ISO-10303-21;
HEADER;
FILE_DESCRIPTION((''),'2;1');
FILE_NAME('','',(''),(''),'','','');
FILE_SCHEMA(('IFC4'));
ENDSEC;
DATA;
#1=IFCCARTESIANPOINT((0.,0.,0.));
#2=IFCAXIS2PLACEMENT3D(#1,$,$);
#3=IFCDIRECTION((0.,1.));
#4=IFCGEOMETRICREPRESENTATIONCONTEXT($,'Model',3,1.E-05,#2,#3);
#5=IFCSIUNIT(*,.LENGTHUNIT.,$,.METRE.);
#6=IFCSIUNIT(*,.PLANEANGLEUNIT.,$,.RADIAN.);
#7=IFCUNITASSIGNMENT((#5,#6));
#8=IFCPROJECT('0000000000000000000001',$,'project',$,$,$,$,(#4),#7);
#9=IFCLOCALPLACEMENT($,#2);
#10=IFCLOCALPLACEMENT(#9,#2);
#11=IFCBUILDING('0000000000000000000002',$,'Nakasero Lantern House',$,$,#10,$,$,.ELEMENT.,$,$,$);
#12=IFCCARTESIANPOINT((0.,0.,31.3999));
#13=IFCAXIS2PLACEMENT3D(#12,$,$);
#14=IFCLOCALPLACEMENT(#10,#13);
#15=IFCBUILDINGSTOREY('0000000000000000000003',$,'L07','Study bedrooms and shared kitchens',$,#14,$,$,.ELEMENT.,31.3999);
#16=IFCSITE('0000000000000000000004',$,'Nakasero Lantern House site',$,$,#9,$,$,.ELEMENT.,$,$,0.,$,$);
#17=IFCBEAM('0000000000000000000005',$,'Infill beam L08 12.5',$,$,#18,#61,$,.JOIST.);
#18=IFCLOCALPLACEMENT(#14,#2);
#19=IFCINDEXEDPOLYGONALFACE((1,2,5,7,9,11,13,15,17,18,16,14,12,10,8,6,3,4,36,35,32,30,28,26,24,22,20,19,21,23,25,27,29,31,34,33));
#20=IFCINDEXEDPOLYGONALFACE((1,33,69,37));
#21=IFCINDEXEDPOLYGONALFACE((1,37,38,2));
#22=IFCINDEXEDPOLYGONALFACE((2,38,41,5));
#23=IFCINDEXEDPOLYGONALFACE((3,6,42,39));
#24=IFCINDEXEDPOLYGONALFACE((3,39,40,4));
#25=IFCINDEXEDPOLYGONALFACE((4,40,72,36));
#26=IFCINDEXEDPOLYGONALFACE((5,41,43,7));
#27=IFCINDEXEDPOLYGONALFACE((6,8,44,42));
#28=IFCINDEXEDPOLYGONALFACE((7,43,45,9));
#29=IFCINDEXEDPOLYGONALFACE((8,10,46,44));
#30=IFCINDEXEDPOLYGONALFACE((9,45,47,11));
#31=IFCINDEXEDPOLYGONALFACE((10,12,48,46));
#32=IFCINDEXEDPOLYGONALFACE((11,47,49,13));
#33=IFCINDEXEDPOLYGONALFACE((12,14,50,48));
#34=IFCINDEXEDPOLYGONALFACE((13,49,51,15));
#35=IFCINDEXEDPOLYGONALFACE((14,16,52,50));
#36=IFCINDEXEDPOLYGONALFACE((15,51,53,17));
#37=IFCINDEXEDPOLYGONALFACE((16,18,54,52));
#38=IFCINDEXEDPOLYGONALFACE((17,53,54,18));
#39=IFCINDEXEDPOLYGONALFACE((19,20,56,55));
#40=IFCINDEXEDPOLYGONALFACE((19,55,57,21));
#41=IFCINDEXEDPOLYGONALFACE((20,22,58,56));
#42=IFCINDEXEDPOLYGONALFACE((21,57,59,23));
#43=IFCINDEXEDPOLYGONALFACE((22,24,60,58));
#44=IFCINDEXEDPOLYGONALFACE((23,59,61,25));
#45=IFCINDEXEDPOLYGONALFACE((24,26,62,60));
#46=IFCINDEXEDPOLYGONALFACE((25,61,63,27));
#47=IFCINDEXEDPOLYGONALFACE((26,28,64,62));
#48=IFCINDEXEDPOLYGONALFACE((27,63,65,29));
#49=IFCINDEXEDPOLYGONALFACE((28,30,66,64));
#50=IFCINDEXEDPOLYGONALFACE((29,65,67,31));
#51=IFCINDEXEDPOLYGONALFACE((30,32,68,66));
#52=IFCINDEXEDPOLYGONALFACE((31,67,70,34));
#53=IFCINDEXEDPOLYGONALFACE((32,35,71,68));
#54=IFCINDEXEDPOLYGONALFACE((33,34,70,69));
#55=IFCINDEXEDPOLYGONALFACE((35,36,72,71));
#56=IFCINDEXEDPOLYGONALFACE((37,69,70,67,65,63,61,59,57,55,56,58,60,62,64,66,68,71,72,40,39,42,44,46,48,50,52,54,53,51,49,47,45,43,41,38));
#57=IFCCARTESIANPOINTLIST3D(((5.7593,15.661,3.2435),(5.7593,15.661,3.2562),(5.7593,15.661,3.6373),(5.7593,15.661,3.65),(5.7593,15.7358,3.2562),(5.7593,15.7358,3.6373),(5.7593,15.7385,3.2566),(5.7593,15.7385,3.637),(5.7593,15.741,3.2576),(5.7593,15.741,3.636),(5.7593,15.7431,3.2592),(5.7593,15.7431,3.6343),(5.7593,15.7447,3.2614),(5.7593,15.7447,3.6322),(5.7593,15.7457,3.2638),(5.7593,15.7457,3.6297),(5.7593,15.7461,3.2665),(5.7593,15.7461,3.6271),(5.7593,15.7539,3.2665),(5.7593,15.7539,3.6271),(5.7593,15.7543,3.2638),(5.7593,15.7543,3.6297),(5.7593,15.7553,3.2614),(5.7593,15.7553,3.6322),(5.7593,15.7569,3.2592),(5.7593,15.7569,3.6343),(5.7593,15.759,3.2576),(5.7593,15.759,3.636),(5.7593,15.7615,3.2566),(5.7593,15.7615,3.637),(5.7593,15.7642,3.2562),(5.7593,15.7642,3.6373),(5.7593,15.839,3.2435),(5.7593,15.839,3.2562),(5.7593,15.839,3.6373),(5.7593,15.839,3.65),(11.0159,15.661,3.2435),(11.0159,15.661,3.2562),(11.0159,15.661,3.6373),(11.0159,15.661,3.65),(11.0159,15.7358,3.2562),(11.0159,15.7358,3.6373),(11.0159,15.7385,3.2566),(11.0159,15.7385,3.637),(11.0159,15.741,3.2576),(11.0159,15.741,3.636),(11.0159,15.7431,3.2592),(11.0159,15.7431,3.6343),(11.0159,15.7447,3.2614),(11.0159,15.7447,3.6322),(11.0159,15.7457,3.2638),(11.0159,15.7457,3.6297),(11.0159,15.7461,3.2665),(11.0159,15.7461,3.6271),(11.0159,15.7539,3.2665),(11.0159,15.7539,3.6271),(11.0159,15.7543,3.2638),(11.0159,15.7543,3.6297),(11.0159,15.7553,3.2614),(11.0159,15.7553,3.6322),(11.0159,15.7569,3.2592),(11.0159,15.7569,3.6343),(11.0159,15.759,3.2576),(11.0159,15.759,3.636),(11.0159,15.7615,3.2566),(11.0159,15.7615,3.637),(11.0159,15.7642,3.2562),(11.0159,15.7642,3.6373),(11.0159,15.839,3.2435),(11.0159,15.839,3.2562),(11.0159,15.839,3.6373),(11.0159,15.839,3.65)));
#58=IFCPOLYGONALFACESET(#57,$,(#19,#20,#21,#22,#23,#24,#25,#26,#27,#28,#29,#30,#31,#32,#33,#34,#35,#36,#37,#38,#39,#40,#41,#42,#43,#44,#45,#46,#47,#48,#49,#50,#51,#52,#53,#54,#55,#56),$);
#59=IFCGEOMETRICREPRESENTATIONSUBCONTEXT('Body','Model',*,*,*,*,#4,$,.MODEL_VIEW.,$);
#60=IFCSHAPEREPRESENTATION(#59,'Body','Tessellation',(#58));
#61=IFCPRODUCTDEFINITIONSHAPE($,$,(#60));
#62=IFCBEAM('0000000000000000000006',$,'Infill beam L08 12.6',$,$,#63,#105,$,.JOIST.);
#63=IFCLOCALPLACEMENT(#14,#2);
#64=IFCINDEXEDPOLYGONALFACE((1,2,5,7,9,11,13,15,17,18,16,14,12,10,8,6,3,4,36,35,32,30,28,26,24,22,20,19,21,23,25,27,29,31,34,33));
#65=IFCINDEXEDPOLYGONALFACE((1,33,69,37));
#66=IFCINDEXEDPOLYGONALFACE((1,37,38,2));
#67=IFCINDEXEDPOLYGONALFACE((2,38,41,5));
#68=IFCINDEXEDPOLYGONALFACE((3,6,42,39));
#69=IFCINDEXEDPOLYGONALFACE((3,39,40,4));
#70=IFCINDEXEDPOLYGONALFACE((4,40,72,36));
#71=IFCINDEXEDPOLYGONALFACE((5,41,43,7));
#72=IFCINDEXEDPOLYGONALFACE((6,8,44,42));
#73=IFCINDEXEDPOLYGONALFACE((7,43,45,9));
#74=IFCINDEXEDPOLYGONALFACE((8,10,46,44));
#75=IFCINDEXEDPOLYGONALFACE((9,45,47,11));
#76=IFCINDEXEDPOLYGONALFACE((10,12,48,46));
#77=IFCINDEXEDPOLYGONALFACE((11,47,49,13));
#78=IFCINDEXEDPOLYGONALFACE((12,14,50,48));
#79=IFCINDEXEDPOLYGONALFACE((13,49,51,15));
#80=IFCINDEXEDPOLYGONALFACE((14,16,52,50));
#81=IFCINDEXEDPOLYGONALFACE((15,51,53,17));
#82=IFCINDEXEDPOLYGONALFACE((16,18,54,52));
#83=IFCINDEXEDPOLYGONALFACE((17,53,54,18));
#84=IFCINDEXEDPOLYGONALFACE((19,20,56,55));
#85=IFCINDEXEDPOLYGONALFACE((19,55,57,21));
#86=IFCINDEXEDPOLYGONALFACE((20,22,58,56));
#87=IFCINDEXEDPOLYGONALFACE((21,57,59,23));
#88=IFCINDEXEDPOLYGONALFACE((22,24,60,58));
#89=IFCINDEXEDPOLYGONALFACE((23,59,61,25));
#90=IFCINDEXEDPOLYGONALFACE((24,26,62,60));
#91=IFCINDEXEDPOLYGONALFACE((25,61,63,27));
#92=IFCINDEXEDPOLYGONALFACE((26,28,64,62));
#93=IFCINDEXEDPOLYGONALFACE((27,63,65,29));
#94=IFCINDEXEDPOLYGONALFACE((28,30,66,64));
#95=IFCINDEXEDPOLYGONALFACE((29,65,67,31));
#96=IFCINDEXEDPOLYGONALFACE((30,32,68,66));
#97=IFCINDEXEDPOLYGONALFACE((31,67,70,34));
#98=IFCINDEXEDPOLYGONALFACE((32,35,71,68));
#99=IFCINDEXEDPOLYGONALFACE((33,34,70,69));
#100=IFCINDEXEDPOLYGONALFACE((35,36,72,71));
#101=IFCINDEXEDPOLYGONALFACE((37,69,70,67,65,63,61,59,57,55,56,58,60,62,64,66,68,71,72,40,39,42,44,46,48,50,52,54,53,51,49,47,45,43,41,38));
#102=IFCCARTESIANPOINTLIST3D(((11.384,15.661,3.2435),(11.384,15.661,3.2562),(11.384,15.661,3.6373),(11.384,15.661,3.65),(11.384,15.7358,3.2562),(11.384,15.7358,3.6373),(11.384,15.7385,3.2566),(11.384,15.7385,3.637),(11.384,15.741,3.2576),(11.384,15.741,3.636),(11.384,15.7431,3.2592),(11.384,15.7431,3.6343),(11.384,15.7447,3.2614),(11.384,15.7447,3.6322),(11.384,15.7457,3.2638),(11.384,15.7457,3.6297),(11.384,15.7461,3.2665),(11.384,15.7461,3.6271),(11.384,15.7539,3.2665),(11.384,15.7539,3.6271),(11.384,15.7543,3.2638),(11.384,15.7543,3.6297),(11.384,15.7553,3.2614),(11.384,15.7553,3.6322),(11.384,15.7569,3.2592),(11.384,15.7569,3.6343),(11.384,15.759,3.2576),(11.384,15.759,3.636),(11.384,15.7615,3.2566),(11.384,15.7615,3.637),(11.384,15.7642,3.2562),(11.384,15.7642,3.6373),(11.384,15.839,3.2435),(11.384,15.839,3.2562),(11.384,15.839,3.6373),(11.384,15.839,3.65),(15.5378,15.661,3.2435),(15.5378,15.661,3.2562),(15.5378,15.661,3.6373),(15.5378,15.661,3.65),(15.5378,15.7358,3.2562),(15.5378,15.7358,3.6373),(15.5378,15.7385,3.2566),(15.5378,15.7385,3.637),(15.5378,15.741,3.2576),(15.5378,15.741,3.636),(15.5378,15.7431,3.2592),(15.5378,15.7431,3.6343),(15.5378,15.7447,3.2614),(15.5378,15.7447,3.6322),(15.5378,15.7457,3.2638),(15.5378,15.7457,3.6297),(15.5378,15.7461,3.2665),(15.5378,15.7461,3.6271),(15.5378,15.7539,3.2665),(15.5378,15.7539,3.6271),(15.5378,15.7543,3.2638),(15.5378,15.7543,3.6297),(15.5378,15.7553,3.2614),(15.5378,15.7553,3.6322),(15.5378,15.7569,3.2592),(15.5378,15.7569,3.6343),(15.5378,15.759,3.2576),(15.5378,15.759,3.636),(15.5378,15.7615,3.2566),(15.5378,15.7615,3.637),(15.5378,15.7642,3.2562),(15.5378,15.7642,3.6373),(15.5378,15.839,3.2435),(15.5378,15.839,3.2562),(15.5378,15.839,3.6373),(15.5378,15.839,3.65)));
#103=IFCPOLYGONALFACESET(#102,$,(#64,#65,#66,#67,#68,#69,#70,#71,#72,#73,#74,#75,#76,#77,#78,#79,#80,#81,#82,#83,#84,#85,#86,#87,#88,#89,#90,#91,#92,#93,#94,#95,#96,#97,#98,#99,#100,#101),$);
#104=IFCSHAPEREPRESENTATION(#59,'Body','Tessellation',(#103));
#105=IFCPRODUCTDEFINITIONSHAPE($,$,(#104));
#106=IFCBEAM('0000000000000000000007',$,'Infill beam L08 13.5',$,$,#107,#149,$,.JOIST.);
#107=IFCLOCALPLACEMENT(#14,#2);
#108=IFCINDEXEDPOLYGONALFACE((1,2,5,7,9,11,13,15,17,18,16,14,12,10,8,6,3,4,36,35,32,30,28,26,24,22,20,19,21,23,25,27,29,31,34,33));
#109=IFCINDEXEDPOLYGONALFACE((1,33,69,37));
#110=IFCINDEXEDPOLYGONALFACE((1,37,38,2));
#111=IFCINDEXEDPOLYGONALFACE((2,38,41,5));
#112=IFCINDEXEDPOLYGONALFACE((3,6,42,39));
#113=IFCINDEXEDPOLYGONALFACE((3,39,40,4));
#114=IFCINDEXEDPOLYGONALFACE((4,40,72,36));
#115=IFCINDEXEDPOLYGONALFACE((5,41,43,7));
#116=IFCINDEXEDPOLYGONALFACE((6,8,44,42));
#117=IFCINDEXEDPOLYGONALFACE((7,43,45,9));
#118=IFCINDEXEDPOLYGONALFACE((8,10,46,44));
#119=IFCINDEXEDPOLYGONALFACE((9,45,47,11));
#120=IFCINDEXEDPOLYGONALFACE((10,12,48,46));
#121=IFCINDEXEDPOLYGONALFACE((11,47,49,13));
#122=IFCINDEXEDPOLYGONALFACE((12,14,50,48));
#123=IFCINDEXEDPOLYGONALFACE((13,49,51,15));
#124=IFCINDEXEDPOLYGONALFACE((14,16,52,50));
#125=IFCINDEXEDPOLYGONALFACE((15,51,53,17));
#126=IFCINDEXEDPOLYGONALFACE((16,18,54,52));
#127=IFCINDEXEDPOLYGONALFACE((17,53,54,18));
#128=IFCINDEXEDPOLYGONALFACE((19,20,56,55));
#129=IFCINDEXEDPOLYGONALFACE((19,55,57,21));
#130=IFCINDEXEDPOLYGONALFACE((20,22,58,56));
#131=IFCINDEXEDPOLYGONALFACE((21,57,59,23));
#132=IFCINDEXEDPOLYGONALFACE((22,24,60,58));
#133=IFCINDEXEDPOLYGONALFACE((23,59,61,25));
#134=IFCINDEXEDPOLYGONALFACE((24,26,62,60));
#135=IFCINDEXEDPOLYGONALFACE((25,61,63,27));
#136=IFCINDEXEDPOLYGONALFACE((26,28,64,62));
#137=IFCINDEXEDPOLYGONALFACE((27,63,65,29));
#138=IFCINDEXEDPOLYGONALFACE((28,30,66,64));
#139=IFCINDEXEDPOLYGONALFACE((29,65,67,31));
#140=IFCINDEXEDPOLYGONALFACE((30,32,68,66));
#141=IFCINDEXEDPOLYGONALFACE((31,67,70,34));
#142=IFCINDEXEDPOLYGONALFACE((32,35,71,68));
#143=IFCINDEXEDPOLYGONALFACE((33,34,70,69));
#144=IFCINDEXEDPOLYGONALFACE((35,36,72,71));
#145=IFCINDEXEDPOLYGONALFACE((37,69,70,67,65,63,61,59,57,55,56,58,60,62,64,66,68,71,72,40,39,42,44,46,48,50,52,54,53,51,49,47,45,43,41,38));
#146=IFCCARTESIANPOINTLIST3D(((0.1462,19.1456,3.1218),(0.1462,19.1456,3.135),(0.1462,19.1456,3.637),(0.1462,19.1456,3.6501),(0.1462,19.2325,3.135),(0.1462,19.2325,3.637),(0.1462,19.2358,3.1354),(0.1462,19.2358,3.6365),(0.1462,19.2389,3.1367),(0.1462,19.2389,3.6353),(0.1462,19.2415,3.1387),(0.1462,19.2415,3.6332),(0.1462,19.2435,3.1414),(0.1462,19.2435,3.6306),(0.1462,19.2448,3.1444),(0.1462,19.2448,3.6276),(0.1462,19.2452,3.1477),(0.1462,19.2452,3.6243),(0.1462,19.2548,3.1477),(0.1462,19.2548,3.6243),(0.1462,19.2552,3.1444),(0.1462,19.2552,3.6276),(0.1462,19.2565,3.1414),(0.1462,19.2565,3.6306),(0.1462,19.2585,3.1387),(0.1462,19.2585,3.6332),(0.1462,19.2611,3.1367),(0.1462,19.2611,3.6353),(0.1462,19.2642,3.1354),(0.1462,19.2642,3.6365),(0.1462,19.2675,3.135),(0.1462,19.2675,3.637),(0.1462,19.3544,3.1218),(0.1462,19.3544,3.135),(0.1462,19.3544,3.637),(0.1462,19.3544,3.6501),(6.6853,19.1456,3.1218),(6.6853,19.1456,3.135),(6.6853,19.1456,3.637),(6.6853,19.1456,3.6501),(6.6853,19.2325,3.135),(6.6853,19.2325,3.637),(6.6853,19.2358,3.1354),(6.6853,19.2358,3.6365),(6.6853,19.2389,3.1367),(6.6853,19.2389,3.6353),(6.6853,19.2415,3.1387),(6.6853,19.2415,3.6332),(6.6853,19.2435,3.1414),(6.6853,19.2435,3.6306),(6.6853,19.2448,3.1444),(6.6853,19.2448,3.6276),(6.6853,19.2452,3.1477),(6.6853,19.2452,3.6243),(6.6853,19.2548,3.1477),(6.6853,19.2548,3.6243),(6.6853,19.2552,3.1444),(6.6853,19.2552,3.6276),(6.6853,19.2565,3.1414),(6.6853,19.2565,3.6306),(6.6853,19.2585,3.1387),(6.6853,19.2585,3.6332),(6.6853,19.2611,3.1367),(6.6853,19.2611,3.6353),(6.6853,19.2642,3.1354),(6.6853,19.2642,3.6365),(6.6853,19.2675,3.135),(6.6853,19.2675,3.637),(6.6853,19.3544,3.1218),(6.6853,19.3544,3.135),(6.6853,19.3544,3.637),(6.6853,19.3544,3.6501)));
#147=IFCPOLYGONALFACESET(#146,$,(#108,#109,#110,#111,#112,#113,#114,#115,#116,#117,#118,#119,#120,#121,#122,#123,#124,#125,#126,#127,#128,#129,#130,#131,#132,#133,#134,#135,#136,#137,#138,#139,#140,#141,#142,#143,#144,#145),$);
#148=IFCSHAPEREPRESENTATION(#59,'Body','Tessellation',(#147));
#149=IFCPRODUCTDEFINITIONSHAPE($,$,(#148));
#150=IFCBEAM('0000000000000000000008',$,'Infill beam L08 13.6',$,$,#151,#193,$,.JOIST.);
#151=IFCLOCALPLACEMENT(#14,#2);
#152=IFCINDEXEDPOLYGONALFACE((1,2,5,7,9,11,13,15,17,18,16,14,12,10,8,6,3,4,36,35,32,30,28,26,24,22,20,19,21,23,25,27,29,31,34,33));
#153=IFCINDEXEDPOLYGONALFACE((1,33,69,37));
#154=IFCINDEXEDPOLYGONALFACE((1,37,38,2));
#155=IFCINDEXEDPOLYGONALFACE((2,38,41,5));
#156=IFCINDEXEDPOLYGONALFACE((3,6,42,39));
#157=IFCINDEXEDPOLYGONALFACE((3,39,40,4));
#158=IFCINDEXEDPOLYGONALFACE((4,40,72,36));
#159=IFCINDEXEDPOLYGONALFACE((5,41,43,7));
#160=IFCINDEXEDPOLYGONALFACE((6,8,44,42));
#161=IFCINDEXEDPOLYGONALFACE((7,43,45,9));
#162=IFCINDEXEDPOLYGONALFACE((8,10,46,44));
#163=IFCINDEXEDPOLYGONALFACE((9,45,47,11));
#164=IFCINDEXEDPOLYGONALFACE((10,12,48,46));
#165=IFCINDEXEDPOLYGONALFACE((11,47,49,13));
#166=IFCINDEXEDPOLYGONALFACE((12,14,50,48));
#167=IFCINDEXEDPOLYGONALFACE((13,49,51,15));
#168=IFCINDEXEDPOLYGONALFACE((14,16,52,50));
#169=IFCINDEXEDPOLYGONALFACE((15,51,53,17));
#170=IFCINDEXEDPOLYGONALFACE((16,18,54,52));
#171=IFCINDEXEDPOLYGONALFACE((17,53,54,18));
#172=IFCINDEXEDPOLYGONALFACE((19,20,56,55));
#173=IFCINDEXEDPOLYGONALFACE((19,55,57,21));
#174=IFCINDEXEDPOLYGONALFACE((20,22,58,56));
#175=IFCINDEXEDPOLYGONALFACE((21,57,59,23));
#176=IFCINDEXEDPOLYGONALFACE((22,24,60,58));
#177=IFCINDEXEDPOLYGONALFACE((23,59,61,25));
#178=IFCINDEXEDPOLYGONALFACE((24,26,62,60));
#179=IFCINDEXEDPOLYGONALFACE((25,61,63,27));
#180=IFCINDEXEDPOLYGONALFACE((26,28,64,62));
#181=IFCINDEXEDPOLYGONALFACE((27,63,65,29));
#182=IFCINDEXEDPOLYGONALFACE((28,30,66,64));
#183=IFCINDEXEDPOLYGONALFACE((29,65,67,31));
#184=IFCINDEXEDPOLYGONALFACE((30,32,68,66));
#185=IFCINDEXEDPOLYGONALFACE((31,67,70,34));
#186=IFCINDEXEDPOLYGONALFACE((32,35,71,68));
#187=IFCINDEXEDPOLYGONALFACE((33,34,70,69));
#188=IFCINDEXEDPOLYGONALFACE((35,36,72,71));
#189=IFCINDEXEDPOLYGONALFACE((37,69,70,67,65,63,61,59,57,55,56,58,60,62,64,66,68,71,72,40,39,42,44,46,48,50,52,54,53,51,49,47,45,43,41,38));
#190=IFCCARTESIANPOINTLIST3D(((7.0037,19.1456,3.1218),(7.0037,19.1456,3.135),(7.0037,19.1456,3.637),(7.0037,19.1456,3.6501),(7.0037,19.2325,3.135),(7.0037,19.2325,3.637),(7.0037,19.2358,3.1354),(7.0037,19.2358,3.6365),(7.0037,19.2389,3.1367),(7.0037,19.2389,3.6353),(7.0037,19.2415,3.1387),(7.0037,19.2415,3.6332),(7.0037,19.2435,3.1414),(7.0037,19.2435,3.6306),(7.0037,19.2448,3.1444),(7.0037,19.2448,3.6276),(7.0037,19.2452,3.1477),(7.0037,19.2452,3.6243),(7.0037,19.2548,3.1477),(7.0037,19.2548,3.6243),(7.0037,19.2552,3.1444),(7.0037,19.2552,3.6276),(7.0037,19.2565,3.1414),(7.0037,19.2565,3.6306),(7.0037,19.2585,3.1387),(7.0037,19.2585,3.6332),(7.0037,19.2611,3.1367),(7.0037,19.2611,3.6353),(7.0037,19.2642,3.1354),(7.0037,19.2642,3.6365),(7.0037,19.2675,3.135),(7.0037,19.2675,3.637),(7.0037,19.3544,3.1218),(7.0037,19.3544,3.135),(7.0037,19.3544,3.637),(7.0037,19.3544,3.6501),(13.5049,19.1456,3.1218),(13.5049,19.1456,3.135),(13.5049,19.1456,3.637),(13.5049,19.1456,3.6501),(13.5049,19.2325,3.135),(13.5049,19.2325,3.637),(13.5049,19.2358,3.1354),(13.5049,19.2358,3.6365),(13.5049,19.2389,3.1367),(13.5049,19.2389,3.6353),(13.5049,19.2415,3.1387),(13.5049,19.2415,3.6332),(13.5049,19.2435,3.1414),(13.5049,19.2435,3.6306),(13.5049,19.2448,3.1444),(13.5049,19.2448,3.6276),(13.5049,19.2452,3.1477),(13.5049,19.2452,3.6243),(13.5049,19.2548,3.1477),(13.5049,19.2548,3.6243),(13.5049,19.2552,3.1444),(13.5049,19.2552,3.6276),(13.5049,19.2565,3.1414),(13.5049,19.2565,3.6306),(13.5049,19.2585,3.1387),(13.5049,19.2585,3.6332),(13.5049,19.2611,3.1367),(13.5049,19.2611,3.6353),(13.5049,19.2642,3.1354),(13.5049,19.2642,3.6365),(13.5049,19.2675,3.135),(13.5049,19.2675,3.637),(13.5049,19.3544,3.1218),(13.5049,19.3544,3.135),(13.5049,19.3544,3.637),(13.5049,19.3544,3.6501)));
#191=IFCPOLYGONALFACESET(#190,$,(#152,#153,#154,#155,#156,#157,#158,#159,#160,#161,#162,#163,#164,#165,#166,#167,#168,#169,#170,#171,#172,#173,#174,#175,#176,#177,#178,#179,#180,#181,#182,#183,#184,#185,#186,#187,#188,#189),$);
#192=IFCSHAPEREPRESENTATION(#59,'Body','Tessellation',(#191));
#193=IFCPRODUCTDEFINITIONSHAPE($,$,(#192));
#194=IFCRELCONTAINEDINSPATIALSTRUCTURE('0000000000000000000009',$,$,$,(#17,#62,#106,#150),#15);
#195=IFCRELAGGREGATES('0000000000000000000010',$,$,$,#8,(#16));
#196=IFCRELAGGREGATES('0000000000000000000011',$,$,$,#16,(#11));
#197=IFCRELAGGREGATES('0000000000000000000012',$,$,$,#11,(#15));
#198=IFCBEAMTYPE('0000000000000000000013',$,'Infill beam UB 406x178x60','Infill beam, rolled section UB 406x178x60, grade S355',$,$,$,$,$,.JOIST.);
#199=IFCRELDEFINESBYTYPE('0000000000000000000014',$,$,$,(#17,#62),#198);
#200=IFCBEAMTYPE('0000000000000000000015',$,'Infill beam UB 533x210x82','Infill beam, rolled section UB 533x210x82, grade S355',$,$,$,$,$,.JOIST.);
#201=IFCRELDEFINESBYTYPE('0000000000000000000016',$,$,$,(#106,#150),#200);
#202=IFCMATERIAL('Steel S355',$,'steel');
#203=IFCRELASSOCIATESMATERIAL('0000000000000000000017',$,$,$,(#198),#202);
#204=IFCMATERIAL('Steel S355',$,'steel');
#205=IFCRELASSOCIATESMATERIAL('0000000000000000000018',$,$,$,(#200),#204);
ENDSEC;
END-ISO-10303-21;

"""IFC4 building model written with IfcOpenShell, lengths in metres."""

from ifc_helpers import new_model, si_unit, direction, frame, origin, origin_2d, place, context, subcontext, project, spatial, i_section, extrude, material, material_profile, profile_set, type_object, element, save


model = new_model("IFC4")

# Units and contexts
model_context = context("Model", 3, precision=1e-05, world=origin(), true_north=direction((0.0, 1.0)))
body_context = subcontext(model_context, "Body", "Model", "MODEL_VIEW")
ifc_project = project(units=[si_unit("LENGTHUNIT", "METRE"), si_unit("PLANEANGLEUNIT", "RADIAN")], contexts=[model_context])

# Site, building, storey
site_placement = place(None, origin())
site = spatial("IfcSite", under=ifc_project, at=site_placement, Name="Nakasero Lantern House site", CompositionType="ELEMENT", RefElevation=0.0)
building_placement = place(site_placement, origin())
building = spatial("IfcBuilding", under=site, at=building_placement, Name="Nakasero Lantern House", CompositionType="ELEMENT")
storey_placement = place(building_placement, frame((0.0, 0.0, 31.3999)))
storey = spatial("IfcBuildingStorey", under=building, at=storey_placement, Name="L07", Description="Study bedrooms and shared kitchens", CompositionType="ELEMENT", Elevation=31.3999)

# Beams
ifc_material_1 = material(Name="Steel S355", Category="steel")
ifc_material_profile_1 = material_profile(ifc_material_1, i_section(OverallWidth=0.178, OverallDepth=0.4065, WebThickness=0.0078, FlangeThickness=0.0127, FilletRadius=0.0103, at=origin_2d()), Name="UB 406x178x60")
ifc_profile_set_1 = profile_set([ifc_material_profile_1], Name="Steel S355")
beam_type_1 = type_object("IfcBeamType", Name="Infill beam UB 406x178x60", Description="Infill beam, rolled section UB 406x178x60, grade S355", PredefinedType="JOIST", material=ifc_profile_set_1)
beam_1_placement = place(storey_placement, frame((5.7593, 15.75, 3.4468), z_axis=(1.0, 0.0, 0.0), x_axis=(0.0, 1.0, 0.0)))
element("IfcBeam", 1, at=beam_1_placement, inside=storey, type_object=beam_type_1, Name="Infill beam L08 12.5", PredefinedType="JOIST", context=body_context, shape_type="SweptSolid", body=[
    extrude(i_section(OverallWidth=0.178, OverallDepth=0.4065, WebThickness=0.0078, FlangeThickness=0.0127, FilletRadius=0.0103, at=origin_2d()), origin(), (0.0, 0.0, 1.0), 5.2566),
])
beam_2_placement = place(storey_placement, frame((11.384, 15.75, 3.4468), z_axis=(1.0, 0.0, 0.0), x_axis=(0.0, 1.0, 0.0)))
element("IfcBeam", 2, at=beam_2_placement, inside=storey, type_object=beam_type_1, Name="Infill beam L08 12.6", PredefinedType="JOIST", context=body_context, shape_type="SweptSolid", body=[
    extrude(i_section(OverallWidth=0.178, OverallDepth=0.4065, WebThickness=0.0078, FlangeThickness=0.0127, FilletRadius=0.0103, at=origin_2d()), origin(), (0.0, 0.0, 1.0), 4.1538),
])
ifc_material_2 = material(Name="Steel S355", Category="steel")
ifc_material_profile_2 = material_profile(ifc_material_2, i_section(OverallWidth=0.2087, OverallDepth=0.5283, WebThickness=0.0095, FlangeThickness=0.0132, FilletRadius=0.0127, at=origin_2d()), Name="UB 533x210x82")
ifc_profile_set_2 = profile_set([ifc_material_profile_2], Name="Steel S355")
beam_type_2 = type_object("IfcBeamType", Name="Infill beam UB 533x210x82", Description="Infill beam, rolled section UB 533x210x82, grade S355", PredefinedType="JOIST", material=ifc_profile_set_2)
beam_3_placement = place(storey_placement, frame((0.1462, 19.25, 3.386), z_axis=(1.0, 0.0, 0.0), x_axis=(0.0, 1.0, 0.0)))
element("IfcBeam", 3, at=beam_3_placement, inside=storey, type_object=beam_type_2, Name="Infill beam L08 13.5", PredefinedType="JOIST", context=body_context, shape_type="SweptSolid", body=[
    extrude(i_section(OverallWidth=0.2087, OverallDepth=0.5283, WebThickness=0.0095, FlangeThickness=0.0132, FilletRadius=0.0127, at=origin_2d()), origin(), (0.0, 0.0, 1.0), 6.5391),
])
beam_4_placement = place(storey_placement, frame((7.0037, 19.25, 3.386), z_axis=(1.0, 0.0, 0.0), x_axis=(0.0, 1.0, 0.0)))
element("IfcBeam", 4, at=beam_4_placement, inside=storey, type_object=beam_type_2, Name="Infill beam L08 13.6", PredefinedType="JOIST", context=body_context, shape_type="SweptSolid", body=[
    extrude(i_section(OverallWidth=0.2087, OverallDepth=0.5283, WebThickness=0.0095, FlangeThickness=0.0132, FilletRadius=0.0127, at=origin_2d()), origin(), (0.0, 0.0, 1.0), 6.5012),
])

save(model, "model.ifc")
